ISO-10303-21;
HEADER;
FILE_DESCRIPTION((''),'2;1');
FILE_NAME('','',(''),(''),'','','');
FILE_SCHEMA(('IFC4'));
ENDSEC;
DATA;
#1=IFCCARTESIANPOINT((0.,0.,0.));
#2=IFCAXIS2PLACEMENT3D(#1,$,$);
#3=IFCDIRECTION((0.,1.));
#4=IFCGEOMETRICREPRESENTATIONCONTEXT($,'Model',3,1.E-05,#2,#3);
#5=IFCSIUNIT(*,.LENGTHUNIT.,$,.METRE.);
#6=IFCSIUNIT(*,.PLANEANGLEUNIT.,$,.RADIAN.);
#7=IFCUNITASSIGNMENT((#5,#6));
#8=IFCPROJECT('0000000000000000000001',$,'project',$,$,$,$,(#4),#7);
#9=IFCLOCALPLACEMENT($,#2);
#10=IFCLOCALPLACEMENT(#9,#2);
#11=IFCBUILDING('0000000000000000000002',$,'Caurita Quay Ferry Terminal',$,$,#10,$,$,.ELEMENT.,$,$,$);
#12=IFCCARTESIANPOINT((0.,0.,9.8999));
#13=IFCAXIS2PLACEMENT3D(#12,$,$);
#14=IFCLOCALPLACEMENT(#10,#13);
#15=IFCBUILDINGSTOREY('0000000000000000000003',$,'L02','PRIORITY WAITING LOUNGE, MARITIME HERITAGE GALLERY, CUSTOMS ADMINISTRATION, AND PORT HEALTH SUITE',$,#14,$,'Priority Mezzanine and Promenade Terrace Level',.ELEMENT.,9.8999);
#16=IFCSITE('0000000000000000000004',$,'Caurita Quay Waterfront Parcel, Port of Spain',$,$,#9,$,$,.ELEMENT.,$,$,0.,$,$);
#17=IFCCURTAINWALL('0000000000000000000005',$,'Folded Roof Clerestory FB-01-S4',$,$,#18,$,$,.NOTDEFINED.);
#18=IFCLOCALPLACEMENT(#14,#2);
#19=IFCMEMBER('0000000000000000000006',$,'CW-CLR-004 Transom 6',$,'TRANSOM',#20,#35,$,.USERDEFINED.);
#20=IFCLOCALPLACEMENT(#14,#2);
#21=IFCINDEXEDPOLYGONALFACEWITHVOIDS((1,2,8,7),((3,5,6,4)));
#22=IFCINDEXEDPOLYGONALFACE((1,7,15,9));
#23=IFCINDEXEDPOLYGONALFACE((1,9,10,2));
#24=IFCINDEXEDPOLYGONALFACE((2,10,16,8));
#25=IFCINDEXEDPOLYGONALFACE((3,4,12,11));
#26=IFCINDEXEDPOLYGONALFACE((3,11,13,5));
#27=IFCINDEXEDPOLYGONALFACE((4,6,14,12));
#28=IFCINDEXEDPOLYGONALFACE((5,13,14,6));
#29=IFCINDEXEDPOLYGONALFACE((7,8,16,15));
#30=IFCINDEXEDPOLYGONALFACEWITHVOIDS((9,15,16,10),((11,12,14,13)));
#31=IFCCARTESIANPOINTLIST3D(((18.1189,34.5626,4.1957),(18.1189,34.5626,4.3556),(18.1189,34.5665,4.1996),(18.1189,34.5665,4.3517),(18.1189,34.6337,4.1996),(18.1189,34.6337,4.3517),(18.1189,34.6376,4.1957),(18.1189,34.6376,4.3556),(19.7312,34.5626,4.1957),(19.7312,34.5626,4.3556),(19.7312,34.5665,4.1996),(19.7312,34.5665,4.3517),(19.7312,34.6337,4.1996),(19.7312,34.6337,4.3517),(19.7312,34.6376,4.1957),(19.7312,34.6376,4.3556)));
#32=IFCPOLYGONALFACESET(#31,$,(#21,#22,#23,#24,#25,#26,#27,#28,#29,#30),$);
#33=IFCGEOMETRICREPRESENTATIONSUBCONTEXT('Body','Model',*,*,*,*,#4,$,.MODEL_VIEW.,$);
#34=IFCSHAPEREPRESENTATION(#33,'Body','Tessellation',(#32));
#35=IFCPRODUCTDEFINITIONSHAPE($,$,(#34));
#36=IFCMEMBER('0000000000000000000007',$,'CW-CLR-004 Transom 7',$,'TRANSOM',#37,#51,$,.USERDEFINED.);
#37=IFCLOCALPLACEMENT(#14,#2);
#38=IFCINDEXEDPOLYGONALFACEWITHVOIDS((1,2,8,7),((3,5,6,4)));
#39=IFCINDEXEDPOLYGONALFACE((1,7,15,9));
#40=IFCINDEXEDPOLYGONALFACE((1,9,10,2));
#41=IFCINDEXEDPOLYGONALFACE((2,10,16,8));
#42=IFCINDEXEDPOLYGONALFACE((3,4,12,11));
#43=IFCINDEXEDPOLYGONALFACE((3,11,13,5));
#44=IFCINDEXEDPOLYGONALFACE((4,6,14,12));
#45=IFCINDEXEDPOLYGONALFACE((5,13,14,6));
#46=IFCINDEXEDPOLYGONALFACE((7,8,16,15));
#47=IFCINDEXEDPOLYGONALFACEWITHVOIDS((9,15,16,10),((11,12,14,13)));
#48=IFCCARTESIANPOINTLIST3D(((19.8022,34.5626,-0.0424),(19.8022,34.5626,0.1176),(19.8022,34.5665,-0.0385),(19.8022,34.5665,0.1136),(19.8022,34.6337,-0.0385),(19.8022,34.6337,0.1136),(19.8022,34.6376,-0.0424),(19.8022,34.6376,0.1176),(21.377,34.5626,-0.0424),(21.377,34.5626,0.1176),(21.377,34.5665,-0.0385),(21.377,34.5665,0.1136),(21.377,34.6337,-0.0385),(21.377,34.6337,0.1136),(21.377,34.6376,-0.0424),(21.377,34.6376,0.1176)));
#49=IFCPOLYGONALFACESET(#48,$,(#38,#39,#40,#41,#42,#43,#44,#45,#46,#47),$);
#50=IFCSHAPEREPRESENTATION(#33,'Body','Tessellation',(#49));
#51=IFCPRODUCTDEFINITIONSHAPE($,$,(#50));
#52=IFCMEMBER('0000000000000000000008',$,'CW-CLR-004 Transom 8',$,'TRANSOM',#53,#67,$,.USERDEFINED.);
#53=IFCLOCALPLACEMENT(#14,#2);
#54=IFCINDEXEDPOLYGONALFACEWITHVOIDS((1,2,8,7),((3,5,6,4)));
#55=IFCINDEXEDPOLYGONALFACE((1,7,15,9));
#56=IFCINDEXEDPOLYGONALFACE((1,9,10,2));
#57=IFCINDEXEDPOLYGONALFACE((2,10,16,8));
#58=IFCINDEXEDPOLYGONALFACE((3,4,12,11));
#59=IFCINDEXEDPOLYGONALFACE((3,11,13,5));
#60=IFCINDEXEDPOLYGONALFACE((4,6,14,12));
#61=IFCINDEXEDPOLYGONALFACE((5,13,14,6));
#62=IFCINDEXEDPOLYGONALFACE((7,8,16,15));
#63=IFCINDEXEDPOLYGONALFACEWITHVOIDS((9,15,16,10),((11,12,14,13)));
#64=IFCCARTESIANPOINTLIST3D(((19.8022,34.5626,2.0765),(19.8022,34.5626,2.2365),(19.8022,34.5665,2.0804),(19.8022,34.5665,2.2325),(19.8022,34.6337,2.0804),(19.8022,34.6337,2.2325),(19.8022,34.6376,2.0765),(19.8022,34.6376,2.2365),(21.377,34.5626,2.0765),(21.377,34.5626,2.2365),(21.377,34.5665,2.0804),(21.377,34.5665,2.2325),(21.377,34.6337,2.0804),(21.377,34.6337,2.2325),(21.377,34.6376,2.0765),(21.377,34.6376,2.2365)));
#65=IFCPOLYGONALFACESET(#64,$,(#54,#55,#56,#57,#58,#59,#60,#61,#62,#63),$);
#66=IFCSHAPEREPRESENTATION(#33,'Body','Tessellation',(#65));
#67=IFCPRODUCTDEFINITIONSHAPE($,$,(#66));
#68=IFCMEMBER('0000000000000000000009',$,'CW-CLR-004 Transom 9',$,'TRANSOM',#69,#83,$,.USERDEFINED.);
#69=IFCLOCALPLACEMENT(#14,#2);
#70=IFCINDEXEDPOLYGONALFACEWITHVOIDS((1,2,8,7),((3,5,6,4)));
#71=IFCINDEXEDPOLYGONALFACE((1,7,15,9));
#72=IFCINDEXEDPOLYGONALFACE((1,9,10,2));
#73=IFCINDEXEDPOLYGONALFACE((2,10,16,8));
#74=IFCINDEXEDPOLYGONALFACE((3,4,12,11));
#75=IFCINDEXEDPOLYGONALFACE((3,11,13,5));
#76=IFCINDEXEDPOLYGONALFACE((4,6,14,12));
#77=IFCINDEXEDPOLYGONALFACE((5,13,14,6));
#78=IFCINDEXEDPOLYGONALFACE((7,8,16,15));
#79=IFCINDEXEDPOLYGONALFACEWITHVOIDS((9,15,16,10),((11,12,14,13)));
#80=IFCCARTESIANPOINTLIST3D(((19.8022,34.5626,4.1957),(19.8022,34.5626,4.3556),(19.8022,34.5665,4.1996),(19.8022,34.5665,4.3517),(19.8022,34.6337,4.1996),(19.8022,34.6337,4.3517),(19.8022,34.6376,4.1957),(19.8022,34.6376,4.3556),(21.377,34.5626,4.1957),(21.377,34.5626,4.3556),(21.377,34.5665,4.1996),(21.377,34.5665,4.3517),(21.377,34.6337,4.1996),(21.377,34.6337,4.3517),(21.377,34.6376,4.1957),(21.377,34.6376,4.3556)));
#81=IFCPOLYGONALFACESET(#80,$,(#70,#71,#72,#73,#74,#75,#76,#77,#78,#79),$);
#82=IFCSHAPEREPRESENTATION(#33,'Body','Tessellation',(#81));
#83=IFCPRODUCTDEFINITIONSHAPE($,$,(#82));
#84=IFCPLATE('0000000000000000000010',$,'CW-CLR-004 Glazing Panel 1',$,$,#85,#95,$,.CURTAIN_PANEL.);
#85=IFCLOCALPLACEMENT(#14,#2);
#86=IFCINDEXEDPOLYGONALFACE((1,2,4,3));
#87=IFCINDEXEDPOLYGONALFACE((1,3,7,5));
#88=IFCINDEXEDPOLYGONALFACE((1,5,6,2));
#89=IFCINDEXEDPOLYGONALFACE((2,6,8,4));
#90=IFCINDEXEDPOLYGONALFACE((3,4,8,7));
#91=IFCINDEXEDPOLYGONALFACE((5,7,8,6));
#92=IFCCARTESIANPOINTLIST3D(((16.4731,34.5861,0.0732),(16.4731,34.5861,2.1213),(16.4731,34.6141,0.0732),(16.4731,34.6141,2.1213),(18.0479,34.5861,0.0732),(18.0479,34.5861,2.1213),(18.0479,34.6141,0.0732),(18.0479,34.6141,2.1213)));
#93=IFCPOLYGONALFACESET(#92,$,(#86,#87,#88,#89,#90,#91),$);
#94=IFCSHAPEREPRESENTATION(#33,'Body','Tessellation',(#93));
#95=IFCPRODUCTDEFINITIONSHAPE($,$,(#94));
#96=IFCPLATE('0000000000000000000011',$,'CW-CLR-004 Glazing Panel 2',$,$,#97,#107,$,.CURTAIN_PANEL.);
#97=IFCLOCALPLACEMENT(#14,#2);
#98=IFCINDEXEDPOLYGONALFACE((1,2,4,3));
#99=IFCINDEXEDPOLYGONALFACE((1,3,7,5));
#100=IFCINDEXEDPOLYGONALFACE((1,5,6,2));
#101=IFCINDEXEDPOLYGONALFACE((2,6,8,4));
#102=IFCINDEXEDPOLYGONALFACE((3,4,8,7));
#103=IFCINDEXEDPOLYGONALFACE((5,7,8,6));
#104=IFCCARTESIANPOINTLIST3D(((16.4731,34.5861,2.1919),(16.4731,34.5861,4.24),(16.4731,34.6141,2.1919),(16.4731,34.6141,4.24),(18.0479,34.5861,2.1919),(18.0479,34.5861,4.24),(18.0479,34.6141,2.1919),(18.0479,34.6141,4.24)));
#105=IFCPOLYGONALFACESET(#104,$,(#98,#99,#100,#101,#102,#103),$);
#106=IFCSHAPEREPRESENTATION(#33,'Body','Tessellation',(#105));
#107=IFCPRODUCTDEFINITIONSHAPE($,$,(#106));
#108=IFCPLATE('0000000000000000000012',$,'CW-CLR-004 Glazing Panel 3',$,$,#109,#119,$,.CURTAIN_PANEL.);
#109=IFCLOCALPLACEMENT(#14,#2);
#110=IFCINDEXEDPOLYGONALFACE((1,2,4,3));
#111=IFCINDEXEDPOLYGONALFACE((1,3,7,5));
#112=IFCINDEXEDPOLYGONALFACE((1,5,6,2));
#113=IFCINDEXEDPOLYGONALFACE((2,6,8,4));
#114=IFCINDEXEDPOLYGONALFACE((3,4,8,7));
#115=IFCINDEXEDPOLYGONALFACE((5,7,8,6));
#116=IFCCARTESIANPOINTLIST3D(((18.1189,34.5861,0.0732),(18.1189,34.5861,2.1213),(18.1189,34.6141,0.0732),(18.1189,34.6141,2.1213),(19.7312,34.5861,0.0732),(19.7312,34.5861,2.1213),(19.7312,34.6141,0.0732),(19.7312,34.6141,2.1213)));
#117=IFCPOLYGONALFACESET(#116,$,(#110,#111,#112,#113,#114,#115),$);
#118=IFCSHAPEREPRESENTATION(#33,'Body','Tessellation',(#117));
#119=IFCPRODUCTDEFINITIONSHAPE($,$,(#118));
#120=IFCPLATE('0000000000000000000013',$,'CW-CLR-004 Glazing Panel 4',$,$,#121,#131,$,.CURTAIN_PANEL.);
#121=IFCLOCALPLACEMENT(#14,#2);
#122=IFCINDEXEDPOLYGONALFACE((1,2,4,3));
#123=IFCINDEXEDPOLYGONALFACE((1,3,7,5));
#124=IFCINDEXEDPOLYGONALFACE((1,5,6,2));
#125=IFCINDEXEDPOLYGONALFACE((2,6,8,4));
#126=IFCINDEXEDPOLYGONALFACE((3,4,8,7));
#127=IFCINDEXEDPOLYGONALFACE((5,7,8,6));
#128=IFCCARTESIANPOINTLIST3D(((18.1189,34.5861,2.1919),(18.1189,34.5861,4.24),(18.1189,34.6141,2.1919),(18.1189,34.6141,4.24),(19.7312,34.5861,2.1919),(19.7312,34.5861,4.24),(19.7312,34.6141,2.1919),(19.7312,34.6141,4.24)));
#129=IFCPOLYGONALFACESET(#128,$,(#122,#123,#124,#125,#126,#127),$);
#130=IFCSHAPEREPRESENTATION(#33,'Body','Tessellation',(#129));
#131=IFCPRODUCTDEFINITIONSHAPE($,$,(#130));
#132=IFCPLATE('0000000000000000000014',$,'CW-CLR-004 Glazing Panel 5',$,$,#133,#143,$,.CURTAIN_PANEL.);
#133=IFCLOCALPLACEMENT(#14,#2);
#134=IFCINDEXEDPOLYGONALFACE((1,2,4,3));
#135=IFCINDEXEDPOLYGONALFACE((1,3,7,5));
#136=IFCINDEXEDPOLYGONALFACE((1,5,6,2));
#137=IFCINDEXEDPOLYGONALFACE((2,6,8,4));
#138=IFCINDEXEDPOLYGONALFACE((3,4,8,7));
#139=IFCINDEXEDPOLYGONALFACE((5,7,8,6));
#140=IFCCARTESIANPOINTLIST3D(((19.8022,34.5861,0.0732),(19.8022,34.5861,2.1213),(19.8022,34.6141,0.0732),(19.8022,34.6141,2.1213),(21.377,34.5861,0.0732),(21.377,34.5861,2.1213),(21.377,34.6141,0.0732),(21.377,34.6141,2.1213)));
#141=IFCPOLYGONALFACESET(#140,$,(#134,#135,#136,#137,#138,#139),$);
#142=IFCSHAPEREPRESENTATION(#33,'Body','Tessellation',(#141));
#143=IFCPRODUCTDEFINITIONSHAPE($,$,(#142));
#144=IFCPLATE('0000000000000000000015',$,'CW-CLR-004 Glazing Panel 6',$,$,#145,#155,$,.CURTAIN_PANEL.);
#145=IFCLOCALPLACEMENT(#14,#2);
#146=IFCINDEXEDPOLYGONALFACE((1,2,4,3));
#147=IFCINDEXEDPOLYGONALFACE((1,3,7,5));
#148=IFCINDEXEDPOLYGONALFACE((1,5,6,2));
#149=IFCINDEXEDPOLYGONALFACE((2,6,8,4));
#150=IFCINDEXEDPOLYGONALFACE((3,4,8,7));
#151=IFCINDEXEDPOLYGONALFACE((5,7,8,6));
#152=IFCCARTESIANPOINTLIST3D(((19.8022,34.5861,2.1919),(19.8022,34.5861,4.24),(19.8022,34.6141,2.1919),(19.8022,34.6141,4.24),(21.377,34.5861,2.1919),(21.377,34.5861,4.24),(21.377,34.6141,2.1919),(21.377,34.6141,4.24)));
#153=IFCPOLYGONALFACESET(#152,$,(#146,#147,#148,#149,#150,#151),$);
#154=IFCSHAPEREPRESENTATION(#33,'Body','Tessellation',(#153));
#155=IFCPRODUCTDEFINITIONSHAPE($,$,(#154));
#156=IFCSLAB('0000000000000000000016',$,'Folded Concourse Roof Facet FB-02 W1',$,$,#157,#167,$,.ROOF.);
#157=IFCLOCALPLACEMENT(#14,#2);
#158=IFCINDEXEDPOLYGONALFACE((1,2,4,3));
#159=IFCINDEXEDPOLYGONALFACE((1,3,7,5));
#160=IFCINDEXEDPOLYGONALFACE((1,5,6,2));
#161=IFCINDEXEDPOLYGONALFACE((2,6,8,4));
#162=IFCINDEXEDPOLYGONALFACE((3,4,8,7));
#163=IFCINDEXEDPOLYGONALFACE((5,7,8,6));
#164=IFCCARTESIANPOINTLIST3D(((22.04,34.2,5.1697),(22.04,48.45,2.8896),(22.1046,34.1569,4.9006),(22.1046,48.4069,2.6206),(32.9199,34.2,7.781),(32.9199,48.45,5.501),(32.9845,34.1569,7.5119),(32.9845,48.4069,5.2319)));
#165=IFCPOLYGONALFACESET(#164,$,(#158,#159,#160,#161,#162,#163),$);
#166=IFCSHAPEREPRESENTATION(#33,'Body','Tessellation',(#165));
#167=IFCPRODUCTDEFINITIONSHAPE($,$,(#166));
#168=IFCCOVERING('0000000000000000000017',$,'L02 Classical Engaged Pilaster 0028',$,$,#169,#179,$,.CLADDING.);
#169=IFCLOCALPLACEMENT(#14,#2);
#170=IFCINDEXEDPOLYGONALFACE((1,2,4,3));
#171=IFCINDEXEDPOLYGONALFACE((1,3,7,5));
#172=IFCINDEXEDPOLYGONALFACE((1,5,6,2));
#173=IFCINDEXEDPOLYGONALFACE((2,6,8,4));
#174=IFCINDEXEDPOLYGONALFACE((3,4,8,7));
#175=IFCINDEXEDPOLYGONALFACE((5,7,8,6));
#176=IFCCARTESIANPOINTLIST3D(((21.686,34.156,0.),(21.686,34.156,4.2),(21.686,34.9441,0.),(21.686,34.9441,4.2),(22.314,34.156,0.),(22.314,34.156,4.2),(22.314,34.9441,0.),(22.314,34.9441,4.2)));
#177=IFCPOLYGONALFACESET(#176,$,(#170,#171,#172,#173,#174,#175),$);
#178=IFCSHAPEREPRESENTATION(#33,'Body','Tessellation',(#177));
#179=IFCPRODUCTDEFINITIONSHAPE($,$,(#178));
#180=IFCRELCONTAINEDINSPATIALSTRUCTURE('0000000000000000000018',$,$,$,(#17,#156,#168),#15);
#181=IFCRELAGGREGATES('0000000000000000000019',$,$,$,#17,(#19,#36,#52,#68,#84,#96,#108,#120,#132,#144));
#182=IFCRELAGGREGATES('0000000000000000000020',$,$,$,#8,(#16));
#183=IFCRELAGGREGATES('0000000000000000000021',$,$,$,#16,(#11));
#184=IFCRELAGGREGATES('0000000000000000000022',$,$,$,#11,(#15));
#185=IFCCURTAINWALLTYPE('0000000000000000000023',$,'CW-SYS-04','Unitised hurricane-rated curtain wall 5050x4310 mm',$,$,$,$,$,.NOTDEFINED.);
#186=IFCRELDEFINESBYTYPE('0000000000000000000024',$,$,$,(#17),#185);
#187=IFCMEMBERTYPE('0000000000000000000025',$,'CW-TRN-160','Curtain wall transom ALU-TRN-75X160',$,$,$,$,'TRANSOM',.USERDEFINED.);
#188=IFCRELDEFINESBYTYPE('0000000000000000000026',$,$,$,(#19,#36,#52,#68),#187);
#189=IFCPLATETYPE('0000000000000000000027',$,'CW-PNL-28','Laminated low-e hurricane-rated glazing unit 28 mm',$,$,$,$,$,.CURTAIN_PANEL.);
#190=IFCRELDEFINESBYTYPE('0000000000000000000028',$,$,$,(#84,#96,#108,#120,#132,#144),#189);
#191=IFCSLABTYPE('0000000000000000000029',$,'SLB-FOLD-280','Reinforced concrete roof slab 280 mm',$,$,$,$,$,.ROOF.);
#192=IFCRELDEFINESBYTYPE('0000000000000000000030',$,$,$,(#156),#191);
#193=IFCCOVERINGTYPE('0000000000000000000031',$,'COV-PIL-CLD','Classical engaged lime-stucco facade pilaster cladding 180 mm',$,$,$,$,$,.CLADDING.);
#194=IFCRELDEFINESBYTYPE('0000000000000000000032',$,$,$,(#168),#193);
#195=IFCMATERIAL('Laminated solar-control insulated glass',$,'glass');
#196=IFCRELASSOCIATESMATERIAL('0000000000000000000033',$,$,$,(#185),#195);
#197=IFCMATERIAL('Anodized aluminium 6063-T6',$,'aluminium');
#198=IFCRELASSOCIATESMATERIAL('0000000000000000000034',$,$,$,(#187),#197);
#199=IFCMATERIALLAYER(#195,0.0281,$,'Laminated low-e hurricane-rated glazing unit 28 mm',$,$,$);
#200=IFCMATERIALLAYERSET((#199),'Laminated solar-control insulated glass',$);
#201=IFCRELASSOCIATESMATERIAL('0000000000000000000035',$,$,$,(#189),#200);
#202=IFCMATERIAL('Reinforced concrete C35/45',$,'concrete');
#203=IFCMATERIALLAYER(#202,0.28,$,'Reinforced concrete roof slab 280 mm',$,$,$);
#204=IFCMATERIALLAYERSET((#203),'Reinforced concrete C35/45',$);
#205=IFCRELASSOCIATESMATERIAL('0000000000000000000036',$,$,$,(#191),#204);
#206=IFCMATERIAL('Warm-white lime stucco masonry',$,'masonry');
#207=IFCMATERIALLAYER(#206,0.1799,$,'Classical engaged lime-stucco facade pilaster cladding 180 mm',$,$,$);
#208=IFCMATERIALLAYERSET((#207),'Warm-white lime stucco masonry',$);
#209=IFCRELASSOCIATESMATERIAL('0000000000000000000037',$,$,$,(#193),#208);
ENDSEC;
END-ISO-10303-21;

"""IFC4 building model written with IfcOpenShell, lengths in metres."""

from ifc_helpers import new_model, si_unit, direction, frame, origin, origin_2d, place, context, subcontext, project, spatial, polyline, rectangle, hollow_rectangle, outline, extrude, material, layer, layer_set, material_profile, profile_set, type_object, element, aggregate, save


model = new_model("IFC4")

# Units and contexts
model_context = context("Model", 3, precision=1e-05, world=origin(), true_north=direction((0.0, 1.0)))
body_context = subcontext(model_context, "Body", "Model", "MODEL_VIEW")
ifc_project = project(units=[si_unit("LENGTHUNIT", "METRE"), si_unit("PLANEANGLEUNIT", "RADIAN")], contexts=[model_context])

# Site, building, storey
site_placement = place(None, origin())
site = spatial("IfcSite", under=ifc_project, at=site_placement, Name="Caurita Quay Waterfront Parcel, Port of Spain", CompositionType="ELEMENT", RefElevation=0.0)
building_placement = place(site_placement, origin())
building = spatial("IfcBuilding", under=site, at=building_placement, Name="Caurita Quay Ferry Terminal", CompositionType="ELEMENT")
storey_placement = place(building_placement, frame((0.0, 0.0, 9.8999)))
storey = spatial("IfcBuildingStorey", under=building, at=storey_placement, Name="L02", Description="PRIORITY WAITING LOUNGE, MARITIME HERITAGE GALLERY, CUSTOMS ADMINISTRATION, AND PORT HEALTH SUITE", LongName="Priority Mezzanine and Promenade Terrace Level", CompositionType="ELEMENT", Elevation=9.8999)

# Curtain wall, members, plates
ifc_material_1 = material(Name="Laminated solar-control insulated glass", Category="glass")
curtain_wall_type = type_object("IfcCurtainWallType", Name="CW-SYS-04", Description="Unitised hurricane-rated curtain wall 5050x4310 mm", PredefinedType="NOTDEFINED", material=ifc_material_1)
curtain_wall_placement = place(storey_placement, origin())
curtain_wall = element("IfcCurtainWall", 1, at=curtain_wall_placement, inside=storey, type_object=curtain_wall_type, Name="Folded Roof Clerestory FB-01-S4", PredefinedType="NOTDEFINED")
ifc_material_2 = material(Name="Anodized aluminium 6063-T6", Category="aluminium")
ifc_material_profile_1 = material_profile(ifc_material_2, hollow_rectangle(XDim=0.075, YDim=0.1599, WallThickness=0.0039, at=origin_2d()), Name="ALU-TRN-75X160")
ifc_profile_set_1 = profile_set([ifc_material_profile_1], Name="Anodized aluminium 6063-T6")
member_type_1 = type_object("IfcMemberType", Name="CW-TRN-160", Description="Curtain wall transom ALU-TRN-75X160", ElementType="TRANSOM", PredefinedType="USERDEFINED", material=ifc_profile_set_1)
member_1_placement = place(storey_placement, frame((18.1189, 34.6001, 4.2756), z_axis=(1.0, 0.0, 0.0), x_axis=(0.0, 1.0, 0.0)))
member_1 = element("IfcMember", 2, at=member_1_placement, type_object=member_type_1, Name="CW-CLR-004 Transom 6", ObjectType="TRANSOM", PredefinedType="USERDEFINED", context=body_context, shape_type="SweptSolid", body=[
    extrude(hollow_rectangle(XDim=0.075, YDim=0.1599, WallThickness=0.0039, at=origin_2d()), origin(), (0.0, 0.0, 1.0), 1.6123),
])
member_2_placement = place(storey_placement, frame((19.8022, 34.6001, 0.0376), z_axis=(1.0, 0.0, 0.0), x_axis=(0.0, 1.0, 0.0)))
member_2 = element("IfcMember", 3, at=member_2_placement, type_object=member_type_1, Name="CW-CLR-004 Transom 7", ObjectType="TRANSOM", PredefinedType="USERDEFINED", context=body_context, shape_type="SweptSolid", body=[
    extrude(hollow_rectangle(XDim=0.075, YDim=0.1599, WallThickness=0.0039, at=origin_2d()), origin(), (0.0, 0.0, 1.0), 1.5747),
])
member_3_placement = place(storey_placement, frame((19.8022, 34.6001, 2.1565), z_axis=(1.0, 0.0, 0.0), x_axis=(0.0, 1.0, 0.0)))
member_3 = element("IfcMember", 4, at=member_3_placement, type_object=member_type_1, Name="CW-CLR-004 Transom 8", ObjectType="TRANSOM", PredefinedType="USERDEFINED", context=body_context, shape_type="SweptSolid", body=[
    extrude(hollow_rectangle(XDim=0.075, YDim=0.1599, WallThickness=0.0039, at=origin_2d()), origin(), (0.0, 0.0, 1.0), 1.5747),
])
member_4_placement = place(storey_placement, frame((19.8022, 34.6001, 4.2756), z_axis=(1.0, 0.0, 0.0), x_axis=(0.0, 1.0, 0.0)))
member_4 = element("IfcMember", 5, at=member_4_placement, type_object=member_type_1, Name="CW-CLR-004 Transom 9", ObjectType="TRANSOM", PredefinedType="USERDEFINED", context=body_context, shape_type="SweptSolid", body=[
    extrude(hollow_rectangle(XDim=0.075, YDim=0.1599, WallThickness=0.0039, at=origin_2d()), origin(), (0.0, 0.0, 1.0), 1.5747),
])
ifc_layer_1 = layer(ifc_material_1, 0.0281, Name="Laminated low-e hurricane-rated glazing unit 28 mm")
ifc_layer_set_1 = layer_set([ifc_layer_1], Name="Laminated solar-control insulated glass")
plate_type = type_object("IfcPlateType", Name="CW-PNL-28", Description="Laminated low-e hurricane-rated glazing unit 28 mm", PredefinedType="CURTAIN_PANEL", material=ifc_layer_set_1)
plate_1_placement = place(storey_placement, frame((17.2605, 34.6001, 0.0732), z_axis=(0.0, 0.0, 1.0), x_axis=(1.0, 0.0, 0.0)))
plate_1 = element("IfcPlate", 6, at=plate_1_placement, type_object=plate_type, Name="CW-CLR-004 Glazing Panel 1", PredefinedType="CURTAIN_PANEL", context=body_context, shape_type="SweptSolid", body=[
    extrude(rectangle(XDim=1.5747, YDim=0.0281, at=origin_2d()), origin(), (0.0, 0.0, 1.0), 2.0481),
])
plate_2_placement = place(storey_placement, frame((17.2605, 34.6001, 2.1919), z_axis=(0.0, 0.0, 1.0), x_axis=(1.0, 0.0, 0.0)))
plate_2 = element("IfcPlate", 7, at=plate_2_placement, type_object=plate_type, Name="CW-CLR-004 Glazing Panel 2", PredefinedType="CURTAIN_PANEL", context=body_context, shape_type="SweptSolid", body=[
    extrude(rectangle(XDim=1.5747, YDim=0.0281, at=origin_2d()), origin(), (0.0, 0.0, 1.0), 2.0481),
])
plate_3_placement = place(storey_placement, frame((18.925, 34.6001, 0.0732), z_axis=(0.0, 0.0, 1.0), x_axis=(1.0, 0.0, 0.0)))
plate_3 = element("IfcPlate", 8, at=plate_3_placement, type_object=plate_type, Name="CW-CLR-004 Glazing Panel 3", PredefinedType="CURTAIN_PANEL", context=body_context, shape_type="SweptSolid", body=[
    extrude(rectangle(XDim=1.6123, YDim=0.0281, at=origin_2d()), origin(), (0.0, 0.0, 1.0), 2.0481),
])
plate_4_placement = place(storey_placement, frame((18.925, 34.6001, 2.1919), z_axis=(0.0, 0.0, 1.0), x_axis=(1.0, 0.0, 0.0)))
plate_4 = element("IfcPlate", 9, at=plate_4_placement, type_object=plate_type, Name="CW-CLR-004 Glazing Panel 4", PredefinedType="CURTAIN_PANEL", context=body_context, shape_type="SweptSolid", body=[
    extrude(rectangle(XDim=1.6123, YDim=0.0281, at=origin_2d()), origin(), (0.0, 0.0, 1.0), 2.0481),
])
plate_5_placement = place(storey_placement, frame((20.5896, 34.6001, 0.0732), z_axis=(0.0, 0.0, 1.0), x_axis=(1.0, 0.0, 0.0)))
plate_5 = element("IfcPlate", 10, at=plate_5_placement, type_object=plate_type, Name="CW-CLR-004 Glazing Panel 5", PredefinedType="CURTAIN_PANEL", context=body_context, shape_type="SweptSolid", body=[
    extrude(rectangle(XDim=1.5747, YDim=0.0281, at=origin_2d()), origin(), (0.0, 0.0, 1.0), 2.0481),
])
plate_6_placement = place(storey_placement, frame((20.5896, 34.6001, 2.1919), z_axis=(0.0, 0.0, 1.0), x_axis=(1.0, 0.0, 0.0)))
plate_6 = element("IfcPlate", 11, at=plate_6_placement, type_object=plate_type, Name="CW-CLR-004 Glazing Panel 6", PredefinedType="CURTAIN_PANEL", context=body_context, shape_type="SweptSolid", body=[
    extrude(rectangle(XDim=1.5747, YDim=0.0281, at=origin_2d()), origin(), (0.0, 0.0, 1.0), 2.0481),
])
aggregate(curtain_wall, [member_1, member_2, member_3, member_4, plate_1, plate_2, plate_3, plate_4, plate_5, plate_6])

# Slab
ifc_material_3 = material(Name="Reinforced concrete C35/45", Category="concrete")
ifc_layer_2 = layer(ifc_material_3, 0.28, Name="Reinforced concrete roof slab 280 mm")
ifc_layer_set_2 = layer_set([ifc_layer_2], Name="Reinforced concrete C35/45")
slab_type = type_object("IfcSlabType", Name="SLB-FOLD-280", Description="Reinforced concrete roof slab 280 mm", PredefinedType="ROOF", material=ifc_layer_set_2)
slab_placement = place(storey_placement, frame((22.04, 34.2, 5.1697), z_axis=(-0.230612, 0.153734, 0.960825), x_axis=(0.972384, 0.0, 0.233386)))
element("IfcSlab", 12, at=slab_placement, inside=storey, type_object=slab_type, Name="Folded Concourse Roof Facet FB-02 W1", PredefinedType="ROOF", context=body_context, shape_type="SweptSolid", body=[
    extrude(outline(polyline([(0.0, 0.0), (11.1889, 0.0), (10.6567, 14.4214), (-0.5321, 14.4214), (0.0, 0.0)])), origin(), (0.0, 0.0, -1.0), 0.28),
])

# Covering
ifc_material_4 = material(Name="Warm-white lime stucco masonry", Category="masonry")
ifc_layer_3 = layer(ifc_material_4, 0.1799, Name="Classical engaged lime-stucco facade pilaster cladding 180 mm")
ifc_layer_set_3 = layer_set([ifc_layer_3], Name="Warm-white lime stucco masonry")
covering_type = type_object("IfcCoveringType", Name="COV-PIL-CLD", Description="Classical engaged lime-stucco facade pilaster cladding 180 mm", PredefinedType="CLADDING", material=ifc_layer_set_3)
covering_placement = place(storey_placement, frame((22.0, 34.55, 0.0), z_axis=(0.0, 0.0, 1.0), x_axis=(1.0, 0.0, 0.0)))
element("IfcCovering", 13, at=covering_placement, inside=storey, type_object=covering_type, Name="L02 Classical Engaged Pilaster 0028", PredefinedType="CLADDING", context=body_context, shape_type="SweptSolid", body=[
    extrude(rectangle(XDim=0.6279, YDim=0.7881, at=origin_2d()), origin(), (0.0, 0.0, 1.0), 4.2),
])

save(model, "model.ifc")
